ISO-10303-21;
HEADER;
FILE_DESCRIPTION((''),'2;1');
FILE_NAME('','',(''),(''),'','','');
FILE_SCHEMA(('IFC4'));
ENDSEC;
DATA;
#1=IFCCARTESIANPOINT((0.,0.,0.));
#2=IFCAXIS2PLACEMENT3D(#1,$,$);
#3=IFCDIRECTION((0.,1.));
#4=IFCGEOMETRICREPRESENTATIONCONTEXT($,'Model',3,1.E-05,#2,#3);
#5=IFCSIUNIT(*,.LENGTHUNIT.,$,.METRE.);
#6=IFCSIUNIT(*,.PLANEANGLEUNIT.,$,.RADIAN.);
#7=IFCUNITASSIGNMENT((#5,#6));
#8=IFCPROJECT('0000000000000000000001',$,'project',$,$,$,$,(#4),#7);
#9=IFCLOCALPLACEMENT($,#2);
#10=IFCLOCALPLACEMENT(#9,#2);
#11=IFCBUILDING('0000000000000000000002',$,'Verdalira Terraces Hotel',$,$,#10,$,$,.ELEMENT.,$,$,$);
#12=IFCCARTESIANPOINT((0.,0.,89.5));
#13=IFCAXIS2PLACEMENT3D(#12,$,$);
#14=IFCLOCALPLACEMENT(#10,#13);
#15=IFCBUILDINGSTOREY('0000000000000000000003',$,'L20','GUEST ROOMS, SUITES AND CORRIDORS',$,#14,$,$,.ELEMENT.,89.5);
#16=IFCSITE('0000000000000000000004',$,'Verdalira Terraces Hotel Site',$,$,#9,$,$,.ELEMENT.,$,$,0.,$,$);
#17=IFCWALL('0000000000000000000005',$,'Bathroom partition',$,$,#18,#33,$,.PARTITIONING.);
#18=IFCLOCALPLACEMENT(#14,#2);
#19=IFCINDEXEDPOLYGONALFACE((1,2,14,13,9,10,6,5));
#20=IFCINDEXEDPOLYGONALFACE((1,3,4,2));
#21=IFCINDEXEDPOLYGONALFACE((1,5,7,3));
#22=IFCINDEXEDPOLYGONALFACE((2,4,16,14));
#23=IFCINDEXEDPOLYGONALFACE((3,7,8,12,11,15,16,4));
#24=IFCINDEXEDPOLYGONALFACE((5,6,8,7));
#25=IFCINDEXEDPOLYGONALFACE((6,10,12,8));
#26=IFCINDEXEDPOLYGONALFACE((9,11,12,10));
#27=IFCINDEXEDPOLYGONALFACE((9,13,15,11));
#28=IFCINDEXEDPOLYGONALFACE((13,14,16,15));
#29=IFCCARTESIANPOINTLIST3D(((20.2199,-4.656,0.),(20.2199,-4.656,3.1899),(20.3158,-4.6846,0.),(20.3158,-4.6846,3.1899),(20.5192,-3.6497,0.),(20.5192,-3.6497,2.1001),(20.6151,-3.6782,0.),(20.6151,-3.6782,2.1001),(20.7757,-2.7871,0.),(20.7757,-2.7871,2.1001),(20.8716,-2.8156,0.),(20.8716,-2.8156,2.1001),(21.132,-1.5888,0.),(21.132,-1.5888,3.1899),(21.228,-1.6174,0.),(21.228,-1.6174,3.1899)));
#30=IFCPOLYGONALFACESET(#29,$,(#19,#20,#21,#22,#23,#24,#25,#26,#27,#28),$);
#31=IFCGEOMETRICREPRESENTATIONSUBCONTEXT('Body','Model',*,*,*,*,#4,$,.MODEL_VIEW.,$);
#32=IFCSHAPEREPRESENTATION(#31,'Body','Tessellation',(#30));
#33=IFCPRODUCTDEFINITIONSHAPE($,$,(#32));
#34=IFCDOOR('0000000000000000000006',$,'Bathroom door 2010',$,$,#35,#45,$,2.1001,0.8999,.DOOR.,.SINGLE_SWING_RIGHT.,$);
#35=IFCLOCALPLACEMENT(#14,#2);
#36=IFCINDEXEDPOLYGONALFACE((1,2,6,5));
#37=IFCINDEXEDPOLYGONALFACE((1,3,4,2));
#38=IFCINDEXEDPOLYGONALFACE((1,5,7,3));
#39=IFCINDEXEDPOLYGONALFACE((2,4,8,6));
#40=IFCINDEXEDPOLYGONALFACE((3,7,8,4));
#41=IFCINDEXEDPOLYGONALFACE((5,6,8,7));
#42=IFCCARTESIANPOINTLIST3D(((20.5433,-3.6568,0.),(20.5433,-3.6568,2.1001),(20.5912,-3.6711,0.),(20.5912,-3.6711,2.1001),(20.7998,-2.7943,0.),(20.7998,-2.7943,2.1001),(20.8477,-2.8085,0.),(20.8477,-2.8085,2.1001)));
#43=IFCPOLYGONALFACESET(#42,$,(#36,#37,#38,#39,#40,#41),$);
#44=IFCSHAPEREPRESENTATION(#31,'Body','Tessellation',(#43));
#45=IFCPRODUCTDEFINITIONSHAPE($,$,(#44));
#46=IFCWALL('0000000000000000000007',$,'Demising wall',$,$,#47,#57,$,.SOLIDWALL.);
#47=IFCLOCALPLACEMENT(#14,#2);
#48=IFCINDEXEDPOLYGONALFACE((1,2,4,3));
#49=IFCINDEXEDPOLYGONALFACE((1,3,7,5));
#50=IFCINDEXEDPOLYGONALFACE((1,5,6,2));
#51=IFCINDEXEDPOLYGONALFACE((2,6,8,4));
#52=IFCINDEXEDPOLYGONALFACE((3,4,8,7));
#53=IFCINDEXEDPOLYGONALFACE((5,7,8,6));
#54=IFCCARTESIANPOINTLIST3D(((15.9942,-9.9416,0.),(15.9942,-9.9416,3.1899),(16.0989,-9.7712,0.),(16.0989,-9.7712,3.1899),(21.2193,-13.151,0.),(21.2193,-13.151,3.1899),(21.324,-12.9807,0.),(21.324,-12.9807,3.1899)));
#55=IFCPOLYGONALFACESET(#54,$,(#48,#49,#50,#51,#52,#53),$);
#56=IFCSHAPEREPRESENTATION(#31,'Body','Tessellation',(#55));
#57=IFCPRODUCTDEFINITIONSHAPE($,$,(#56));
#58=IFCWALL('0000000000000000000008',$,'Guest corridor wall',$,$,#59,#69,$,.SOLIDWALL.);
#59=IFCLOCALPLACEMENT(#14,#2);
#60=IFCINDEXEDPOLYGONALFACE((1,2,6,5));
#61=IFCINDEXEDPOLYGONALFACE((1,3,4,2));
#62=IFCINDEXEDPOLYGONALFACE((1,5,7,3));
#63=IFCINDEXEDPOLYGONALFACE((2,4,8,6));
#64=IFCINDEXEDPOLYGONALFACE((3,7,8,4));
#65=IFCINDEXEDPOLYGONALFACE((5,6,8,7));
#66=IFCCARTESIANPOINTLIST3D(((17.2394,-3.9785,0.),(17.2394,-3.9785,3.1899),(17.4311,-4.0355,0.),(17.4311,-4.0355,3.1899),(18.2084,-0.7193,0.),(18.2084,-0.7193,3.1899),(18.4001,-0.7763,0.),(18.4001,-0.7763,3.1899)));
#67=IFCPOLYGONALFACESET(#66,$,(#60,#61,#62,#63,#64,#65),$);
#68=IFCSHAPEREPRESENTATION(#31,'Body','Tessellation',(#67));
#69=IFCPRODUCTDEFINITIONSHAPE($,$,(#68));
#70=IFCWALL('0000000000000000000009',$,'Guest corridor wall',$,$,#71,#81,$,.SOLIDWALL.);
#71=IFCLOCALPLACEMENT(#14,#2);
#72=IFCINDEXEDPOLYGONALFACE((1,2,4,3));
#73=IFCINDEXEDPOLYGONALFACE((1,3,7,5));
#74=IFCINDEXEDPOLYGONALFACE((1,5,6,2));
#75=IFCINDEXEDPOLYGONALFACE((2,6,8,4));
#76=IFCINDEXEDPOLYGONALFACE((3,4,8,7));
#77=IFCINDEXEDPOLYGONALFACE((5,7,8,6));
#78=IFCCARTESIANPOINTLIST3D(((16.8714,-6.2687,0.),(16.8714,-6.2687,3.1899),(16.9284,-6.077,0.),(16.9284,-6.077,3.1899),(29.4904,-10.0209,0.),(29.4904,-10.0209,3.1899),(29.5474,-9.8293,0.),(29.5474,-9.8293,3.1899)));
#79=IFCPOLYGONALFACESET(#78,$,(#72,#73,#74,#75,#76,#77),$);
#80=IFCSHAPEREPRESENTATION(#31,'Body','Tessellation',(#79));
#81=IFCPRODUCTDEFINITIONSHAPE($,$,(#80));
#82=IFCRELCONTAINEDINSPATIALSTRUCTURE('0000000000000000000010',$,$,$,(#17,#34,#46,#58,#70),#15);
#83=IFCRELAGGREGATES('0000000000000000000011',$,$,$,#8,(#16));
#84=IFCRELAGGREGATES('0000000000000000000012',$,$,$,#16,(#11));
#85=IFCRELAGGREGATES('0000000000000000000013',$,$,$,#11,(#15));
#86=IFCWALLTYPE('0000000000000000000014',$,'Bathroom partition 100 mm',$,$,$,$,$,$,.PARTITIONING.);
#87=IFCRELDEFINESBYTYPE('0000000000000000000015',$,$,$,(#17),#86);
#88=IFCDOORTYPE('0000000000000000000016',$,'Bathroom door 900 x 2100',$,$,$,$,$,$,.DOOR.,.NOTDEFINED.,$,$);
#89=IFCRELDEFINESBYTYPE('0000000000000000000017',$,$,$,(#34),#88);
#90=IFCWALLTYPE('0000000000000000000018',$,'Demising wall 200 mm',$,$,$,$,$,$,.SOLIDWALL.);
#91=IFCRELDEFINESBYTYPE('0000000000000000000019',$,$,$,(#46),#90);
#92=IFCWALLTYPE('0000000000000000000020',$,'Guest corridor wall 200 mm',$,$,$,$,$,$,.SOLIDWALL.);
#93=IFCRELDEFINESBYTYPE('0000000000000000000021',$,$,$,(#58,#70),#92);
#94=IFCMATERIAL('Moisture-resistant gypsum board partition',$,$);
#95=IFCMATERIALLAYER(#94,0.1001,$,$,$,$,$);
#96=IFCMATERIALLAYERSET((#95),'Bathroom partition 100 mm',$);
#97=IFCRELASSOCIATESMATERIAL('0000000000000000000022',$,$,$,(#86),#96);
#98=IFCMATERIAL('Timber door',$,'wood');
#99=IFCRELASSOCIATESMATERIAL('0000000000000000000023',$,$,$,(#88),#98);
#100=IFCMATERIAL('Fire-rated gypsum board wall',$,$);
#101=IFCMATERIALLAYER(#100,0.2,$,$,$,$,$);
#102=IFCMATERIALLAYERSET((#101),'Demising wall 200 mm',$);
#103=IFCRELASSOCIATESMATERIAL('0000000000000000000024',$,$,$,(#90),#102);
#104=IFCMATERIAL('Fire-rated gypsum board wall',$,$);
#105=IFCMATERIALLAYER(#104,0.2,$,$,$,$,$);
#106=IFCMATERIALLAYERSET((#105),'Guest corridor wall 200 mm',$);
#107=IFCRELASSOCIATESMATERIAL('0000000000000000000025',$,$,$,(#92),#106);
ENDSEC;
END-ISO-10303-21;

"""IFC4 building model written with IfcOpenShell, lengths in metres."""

from ifc_helpers import new_model, si_unit, direction, frame, frame_2d, origin, place, context, subcontext, project, spatial, rectangle, extrude, material, layer, layer_set, type_object, element, fill, save


model = new_model("IFC4")

# Units and contexts
model_context = context("Model", 3, precision=1e-05, world=origin(), true_north=direction((0.0, 1.0)))
body_context = subcontext(model_context, "Body", "Model", "MODEL_VIEW")
ifc_project = project(units=[si_unit("LENGTHUNIT", "METRE"), si_unit("PLANEANGLEUNIT", "RADIAN")], contexts=[model_context])

# Site, building, storey
site_placement = place(None, origin())
site = spatial("IfcSite", under=ifc_project, at=site_placement, Name="Verdalira Terraces Hotel Site", CompositionType="ELEMENT", RefElevation=0.0)
building_placement = place(site_placement, origin())
building = spatial("IfcBuilding", under=site, at=building_placement, Name="Verdalira Terraces Hotel", CompositionType="ELEMENT")
storey_placement = place(building_placement, frame((0.0, 0.0, 89.5)))
storey = spatial("IfcBuildingStorey", under=building, at=storey_placement, Name="L20", Description="GUEST ROOMS, SUITES AND CORRIDORS", CompositionType="ELEMENT", Elevation=89.5)

# Shared definitions
ifc_material_1 = material(Name="Moisture-resistant gypsum board partition")
ifc_layer_1 = layer(ifc_material_1, 0.1001)
ifc_layer_set_1 = layer_set([ifc_layer_1], Name="Bathroom partition 100 mm")
wall_type_1 = type_object("IfcWallType", Name="Bathroom partition 100 mm", PredefinedType="PARTITIONING", material=ifc_layer_set_1)

# Shared definitions
ifc_material_2 = material(Name="Timber door", Category="wood")
door_type = type_object("IfcDoorType", Name="Bathroom door 900 x 2100", OperationType="NOTDEFINED", PredefinedType="DOOR", material=ifc_material_2)

# Wall, opening, door
wall_1_placement = place(storey_placement, frame((20.2678, -4.6704, 0.0), z_axis=(0.0, 0.0, 1.0), x_axis=(0.285044, 0.958514, 0.0)))
wall_1 = element("IfcWall", 1, at=wall_1_placement, inside=storey, type_object=wall_type_1, Name="Bathroom partition", PredefinedType="PARTITIONING", context=body_context, shape_type="SweptSolid", body=[
    extrude(rectangle(XDim=3.2, YDim=0.1001, at=frame_2d((1.6001, 0.0))), origin(), (0.0, 0.0, 1.0), 3.1899),
])
opening_1_placement = place(wall_1_placement, frame((1.05, 0.0, 0.0)))
opening_1 = element("IfcOpeningElement", 2, at=opening_1_placement, cuts=wall_1, PredefinedType="OPENING", context=body_context, shape_type="SweptSolid", body=[
    extrude(rectangle(XDim=0.8999, YDim=2.1001, at=frame_2d((0.45, 1.05))), frame((0.0, 0.0601, 0.0), z_axis=(0.0, -1.0, 0.0), x_axis=(1.0, 0.0, 0.0)), (0.0, 0.0, 1.0), 0.1201),
])
door_1_placement = place(opening_1_placement, origin())
door_1 = element("IfcDoor", 3, at=door_1_placement, inside=storey, type_object=door_type, Name="Bathroom door 2010", OperationType="SINGLE_SWING_RIGHT", OverallHeight=2.1001, OverallWidth=0.8999, PredefinedType="DOOR", context=body_context, shape_type="SweptSolid", body=[
    extrude(rectangle(XDim=0.8999, YDim=2.1001, at=frame_2d((0.45, 1.05))), frame((0.0, 0.0249, 0.0), z_axis=(0.0, -1.0, 0.0), x_axis=(1.0, 0.0, 0.0)), (0.0, 0.0, 1.0), 0.05),
])
fill(opening_1, door_1)

# Walls
ifc_material_3 = material(Name="Fire-rated gypsum board wall")
ifc_layer_2 = layer(ifc_material_3, 0.2)
ifc_layer_set_2 = layer_set([ifc_layer_2], Name="Demising wall 200 mm")
wall_type_2 = type_object("IfcWallType", Name="Demising wall 200 mm", PredefinedType="SOLIDWALL", material=ifc_layer_set_2)
wall_2_placement = place(storey_placement, frame((16.0466, -9.8564, 0.0), z_axis=(0.0, 0.0, 1.0), x_axis=(0.852093, -0.523391, 0.0)))
element("IfcWall", 4, at=wall_2_placement, inside=storey, type_object=wall_type_2, Name="Demising wall", PredefinedType="SOLIDWALL", context=body_context, shape_type="SweptSolid", body=[
    extrude(rectangle(XDim=6.1321, YDim=0.2, at=frame_2d((3.0659, 0.0))), origin(), (0.0, 0.0, 1.0), 3.1899),
])
ifc_material_4 = material(Name="Fire-rated gypsum board wall")
ifc_layer_3 = layer(ifc_material_4, 0.2)
ifc_layer_set_3 = layer_set([ifc_layer_3], Name="Guest corridor wall 200 mm")
wall_type_3 = type_object("IfcWallType", Name="Guest corridor wall 200 mm", PredefinedType="SOLIDWALL", material=ifc_layer_set_3)
wall_3_placement = place(storey_placement, frame((17.3352, -4.0071, 0.0), z_axis=(0.0, 0.0, 1.0), x_axis=(0.284995, 0.958529, 0.0)))
element("IfcWall", 5, at=wall_3_placement, inside=storey, type_object=wall_type_3, Name="Guest corridor wall", PredefinedType="SOLIDWALL", context=body_context, shape_type="SweptSolid", body=[
    extrude(rectangle(XDim=3.4001, YDim=0.2, at=frame_2d((1.7002, 0.0))), origin(), (0.0, 0.0, 1.0), 3.1899),
])
wall_4_placement = place(storey_placement, frame((16.8999, -6.1729, 0.0), z_axis=(0.0, 0.0, 1.0), x_axis=(0.958523, -0.285014, 0.0)))
element("IfcWall", 6, at=wall_4_placement, inside=storey, type_object=wall_type_3, Name="Guest corridor wall", PredefinedType="SOLIDWALL", context=body_context, shape_type="SweptSolid", body=[
    extrude(rectangle(XDim=13.165, YDim=0.2, at=frame_2d((6.5825, 0.0))), origin(), (0.0, 0.0, 1.0), 3.1899),
])

save(model, "model.ifc")
